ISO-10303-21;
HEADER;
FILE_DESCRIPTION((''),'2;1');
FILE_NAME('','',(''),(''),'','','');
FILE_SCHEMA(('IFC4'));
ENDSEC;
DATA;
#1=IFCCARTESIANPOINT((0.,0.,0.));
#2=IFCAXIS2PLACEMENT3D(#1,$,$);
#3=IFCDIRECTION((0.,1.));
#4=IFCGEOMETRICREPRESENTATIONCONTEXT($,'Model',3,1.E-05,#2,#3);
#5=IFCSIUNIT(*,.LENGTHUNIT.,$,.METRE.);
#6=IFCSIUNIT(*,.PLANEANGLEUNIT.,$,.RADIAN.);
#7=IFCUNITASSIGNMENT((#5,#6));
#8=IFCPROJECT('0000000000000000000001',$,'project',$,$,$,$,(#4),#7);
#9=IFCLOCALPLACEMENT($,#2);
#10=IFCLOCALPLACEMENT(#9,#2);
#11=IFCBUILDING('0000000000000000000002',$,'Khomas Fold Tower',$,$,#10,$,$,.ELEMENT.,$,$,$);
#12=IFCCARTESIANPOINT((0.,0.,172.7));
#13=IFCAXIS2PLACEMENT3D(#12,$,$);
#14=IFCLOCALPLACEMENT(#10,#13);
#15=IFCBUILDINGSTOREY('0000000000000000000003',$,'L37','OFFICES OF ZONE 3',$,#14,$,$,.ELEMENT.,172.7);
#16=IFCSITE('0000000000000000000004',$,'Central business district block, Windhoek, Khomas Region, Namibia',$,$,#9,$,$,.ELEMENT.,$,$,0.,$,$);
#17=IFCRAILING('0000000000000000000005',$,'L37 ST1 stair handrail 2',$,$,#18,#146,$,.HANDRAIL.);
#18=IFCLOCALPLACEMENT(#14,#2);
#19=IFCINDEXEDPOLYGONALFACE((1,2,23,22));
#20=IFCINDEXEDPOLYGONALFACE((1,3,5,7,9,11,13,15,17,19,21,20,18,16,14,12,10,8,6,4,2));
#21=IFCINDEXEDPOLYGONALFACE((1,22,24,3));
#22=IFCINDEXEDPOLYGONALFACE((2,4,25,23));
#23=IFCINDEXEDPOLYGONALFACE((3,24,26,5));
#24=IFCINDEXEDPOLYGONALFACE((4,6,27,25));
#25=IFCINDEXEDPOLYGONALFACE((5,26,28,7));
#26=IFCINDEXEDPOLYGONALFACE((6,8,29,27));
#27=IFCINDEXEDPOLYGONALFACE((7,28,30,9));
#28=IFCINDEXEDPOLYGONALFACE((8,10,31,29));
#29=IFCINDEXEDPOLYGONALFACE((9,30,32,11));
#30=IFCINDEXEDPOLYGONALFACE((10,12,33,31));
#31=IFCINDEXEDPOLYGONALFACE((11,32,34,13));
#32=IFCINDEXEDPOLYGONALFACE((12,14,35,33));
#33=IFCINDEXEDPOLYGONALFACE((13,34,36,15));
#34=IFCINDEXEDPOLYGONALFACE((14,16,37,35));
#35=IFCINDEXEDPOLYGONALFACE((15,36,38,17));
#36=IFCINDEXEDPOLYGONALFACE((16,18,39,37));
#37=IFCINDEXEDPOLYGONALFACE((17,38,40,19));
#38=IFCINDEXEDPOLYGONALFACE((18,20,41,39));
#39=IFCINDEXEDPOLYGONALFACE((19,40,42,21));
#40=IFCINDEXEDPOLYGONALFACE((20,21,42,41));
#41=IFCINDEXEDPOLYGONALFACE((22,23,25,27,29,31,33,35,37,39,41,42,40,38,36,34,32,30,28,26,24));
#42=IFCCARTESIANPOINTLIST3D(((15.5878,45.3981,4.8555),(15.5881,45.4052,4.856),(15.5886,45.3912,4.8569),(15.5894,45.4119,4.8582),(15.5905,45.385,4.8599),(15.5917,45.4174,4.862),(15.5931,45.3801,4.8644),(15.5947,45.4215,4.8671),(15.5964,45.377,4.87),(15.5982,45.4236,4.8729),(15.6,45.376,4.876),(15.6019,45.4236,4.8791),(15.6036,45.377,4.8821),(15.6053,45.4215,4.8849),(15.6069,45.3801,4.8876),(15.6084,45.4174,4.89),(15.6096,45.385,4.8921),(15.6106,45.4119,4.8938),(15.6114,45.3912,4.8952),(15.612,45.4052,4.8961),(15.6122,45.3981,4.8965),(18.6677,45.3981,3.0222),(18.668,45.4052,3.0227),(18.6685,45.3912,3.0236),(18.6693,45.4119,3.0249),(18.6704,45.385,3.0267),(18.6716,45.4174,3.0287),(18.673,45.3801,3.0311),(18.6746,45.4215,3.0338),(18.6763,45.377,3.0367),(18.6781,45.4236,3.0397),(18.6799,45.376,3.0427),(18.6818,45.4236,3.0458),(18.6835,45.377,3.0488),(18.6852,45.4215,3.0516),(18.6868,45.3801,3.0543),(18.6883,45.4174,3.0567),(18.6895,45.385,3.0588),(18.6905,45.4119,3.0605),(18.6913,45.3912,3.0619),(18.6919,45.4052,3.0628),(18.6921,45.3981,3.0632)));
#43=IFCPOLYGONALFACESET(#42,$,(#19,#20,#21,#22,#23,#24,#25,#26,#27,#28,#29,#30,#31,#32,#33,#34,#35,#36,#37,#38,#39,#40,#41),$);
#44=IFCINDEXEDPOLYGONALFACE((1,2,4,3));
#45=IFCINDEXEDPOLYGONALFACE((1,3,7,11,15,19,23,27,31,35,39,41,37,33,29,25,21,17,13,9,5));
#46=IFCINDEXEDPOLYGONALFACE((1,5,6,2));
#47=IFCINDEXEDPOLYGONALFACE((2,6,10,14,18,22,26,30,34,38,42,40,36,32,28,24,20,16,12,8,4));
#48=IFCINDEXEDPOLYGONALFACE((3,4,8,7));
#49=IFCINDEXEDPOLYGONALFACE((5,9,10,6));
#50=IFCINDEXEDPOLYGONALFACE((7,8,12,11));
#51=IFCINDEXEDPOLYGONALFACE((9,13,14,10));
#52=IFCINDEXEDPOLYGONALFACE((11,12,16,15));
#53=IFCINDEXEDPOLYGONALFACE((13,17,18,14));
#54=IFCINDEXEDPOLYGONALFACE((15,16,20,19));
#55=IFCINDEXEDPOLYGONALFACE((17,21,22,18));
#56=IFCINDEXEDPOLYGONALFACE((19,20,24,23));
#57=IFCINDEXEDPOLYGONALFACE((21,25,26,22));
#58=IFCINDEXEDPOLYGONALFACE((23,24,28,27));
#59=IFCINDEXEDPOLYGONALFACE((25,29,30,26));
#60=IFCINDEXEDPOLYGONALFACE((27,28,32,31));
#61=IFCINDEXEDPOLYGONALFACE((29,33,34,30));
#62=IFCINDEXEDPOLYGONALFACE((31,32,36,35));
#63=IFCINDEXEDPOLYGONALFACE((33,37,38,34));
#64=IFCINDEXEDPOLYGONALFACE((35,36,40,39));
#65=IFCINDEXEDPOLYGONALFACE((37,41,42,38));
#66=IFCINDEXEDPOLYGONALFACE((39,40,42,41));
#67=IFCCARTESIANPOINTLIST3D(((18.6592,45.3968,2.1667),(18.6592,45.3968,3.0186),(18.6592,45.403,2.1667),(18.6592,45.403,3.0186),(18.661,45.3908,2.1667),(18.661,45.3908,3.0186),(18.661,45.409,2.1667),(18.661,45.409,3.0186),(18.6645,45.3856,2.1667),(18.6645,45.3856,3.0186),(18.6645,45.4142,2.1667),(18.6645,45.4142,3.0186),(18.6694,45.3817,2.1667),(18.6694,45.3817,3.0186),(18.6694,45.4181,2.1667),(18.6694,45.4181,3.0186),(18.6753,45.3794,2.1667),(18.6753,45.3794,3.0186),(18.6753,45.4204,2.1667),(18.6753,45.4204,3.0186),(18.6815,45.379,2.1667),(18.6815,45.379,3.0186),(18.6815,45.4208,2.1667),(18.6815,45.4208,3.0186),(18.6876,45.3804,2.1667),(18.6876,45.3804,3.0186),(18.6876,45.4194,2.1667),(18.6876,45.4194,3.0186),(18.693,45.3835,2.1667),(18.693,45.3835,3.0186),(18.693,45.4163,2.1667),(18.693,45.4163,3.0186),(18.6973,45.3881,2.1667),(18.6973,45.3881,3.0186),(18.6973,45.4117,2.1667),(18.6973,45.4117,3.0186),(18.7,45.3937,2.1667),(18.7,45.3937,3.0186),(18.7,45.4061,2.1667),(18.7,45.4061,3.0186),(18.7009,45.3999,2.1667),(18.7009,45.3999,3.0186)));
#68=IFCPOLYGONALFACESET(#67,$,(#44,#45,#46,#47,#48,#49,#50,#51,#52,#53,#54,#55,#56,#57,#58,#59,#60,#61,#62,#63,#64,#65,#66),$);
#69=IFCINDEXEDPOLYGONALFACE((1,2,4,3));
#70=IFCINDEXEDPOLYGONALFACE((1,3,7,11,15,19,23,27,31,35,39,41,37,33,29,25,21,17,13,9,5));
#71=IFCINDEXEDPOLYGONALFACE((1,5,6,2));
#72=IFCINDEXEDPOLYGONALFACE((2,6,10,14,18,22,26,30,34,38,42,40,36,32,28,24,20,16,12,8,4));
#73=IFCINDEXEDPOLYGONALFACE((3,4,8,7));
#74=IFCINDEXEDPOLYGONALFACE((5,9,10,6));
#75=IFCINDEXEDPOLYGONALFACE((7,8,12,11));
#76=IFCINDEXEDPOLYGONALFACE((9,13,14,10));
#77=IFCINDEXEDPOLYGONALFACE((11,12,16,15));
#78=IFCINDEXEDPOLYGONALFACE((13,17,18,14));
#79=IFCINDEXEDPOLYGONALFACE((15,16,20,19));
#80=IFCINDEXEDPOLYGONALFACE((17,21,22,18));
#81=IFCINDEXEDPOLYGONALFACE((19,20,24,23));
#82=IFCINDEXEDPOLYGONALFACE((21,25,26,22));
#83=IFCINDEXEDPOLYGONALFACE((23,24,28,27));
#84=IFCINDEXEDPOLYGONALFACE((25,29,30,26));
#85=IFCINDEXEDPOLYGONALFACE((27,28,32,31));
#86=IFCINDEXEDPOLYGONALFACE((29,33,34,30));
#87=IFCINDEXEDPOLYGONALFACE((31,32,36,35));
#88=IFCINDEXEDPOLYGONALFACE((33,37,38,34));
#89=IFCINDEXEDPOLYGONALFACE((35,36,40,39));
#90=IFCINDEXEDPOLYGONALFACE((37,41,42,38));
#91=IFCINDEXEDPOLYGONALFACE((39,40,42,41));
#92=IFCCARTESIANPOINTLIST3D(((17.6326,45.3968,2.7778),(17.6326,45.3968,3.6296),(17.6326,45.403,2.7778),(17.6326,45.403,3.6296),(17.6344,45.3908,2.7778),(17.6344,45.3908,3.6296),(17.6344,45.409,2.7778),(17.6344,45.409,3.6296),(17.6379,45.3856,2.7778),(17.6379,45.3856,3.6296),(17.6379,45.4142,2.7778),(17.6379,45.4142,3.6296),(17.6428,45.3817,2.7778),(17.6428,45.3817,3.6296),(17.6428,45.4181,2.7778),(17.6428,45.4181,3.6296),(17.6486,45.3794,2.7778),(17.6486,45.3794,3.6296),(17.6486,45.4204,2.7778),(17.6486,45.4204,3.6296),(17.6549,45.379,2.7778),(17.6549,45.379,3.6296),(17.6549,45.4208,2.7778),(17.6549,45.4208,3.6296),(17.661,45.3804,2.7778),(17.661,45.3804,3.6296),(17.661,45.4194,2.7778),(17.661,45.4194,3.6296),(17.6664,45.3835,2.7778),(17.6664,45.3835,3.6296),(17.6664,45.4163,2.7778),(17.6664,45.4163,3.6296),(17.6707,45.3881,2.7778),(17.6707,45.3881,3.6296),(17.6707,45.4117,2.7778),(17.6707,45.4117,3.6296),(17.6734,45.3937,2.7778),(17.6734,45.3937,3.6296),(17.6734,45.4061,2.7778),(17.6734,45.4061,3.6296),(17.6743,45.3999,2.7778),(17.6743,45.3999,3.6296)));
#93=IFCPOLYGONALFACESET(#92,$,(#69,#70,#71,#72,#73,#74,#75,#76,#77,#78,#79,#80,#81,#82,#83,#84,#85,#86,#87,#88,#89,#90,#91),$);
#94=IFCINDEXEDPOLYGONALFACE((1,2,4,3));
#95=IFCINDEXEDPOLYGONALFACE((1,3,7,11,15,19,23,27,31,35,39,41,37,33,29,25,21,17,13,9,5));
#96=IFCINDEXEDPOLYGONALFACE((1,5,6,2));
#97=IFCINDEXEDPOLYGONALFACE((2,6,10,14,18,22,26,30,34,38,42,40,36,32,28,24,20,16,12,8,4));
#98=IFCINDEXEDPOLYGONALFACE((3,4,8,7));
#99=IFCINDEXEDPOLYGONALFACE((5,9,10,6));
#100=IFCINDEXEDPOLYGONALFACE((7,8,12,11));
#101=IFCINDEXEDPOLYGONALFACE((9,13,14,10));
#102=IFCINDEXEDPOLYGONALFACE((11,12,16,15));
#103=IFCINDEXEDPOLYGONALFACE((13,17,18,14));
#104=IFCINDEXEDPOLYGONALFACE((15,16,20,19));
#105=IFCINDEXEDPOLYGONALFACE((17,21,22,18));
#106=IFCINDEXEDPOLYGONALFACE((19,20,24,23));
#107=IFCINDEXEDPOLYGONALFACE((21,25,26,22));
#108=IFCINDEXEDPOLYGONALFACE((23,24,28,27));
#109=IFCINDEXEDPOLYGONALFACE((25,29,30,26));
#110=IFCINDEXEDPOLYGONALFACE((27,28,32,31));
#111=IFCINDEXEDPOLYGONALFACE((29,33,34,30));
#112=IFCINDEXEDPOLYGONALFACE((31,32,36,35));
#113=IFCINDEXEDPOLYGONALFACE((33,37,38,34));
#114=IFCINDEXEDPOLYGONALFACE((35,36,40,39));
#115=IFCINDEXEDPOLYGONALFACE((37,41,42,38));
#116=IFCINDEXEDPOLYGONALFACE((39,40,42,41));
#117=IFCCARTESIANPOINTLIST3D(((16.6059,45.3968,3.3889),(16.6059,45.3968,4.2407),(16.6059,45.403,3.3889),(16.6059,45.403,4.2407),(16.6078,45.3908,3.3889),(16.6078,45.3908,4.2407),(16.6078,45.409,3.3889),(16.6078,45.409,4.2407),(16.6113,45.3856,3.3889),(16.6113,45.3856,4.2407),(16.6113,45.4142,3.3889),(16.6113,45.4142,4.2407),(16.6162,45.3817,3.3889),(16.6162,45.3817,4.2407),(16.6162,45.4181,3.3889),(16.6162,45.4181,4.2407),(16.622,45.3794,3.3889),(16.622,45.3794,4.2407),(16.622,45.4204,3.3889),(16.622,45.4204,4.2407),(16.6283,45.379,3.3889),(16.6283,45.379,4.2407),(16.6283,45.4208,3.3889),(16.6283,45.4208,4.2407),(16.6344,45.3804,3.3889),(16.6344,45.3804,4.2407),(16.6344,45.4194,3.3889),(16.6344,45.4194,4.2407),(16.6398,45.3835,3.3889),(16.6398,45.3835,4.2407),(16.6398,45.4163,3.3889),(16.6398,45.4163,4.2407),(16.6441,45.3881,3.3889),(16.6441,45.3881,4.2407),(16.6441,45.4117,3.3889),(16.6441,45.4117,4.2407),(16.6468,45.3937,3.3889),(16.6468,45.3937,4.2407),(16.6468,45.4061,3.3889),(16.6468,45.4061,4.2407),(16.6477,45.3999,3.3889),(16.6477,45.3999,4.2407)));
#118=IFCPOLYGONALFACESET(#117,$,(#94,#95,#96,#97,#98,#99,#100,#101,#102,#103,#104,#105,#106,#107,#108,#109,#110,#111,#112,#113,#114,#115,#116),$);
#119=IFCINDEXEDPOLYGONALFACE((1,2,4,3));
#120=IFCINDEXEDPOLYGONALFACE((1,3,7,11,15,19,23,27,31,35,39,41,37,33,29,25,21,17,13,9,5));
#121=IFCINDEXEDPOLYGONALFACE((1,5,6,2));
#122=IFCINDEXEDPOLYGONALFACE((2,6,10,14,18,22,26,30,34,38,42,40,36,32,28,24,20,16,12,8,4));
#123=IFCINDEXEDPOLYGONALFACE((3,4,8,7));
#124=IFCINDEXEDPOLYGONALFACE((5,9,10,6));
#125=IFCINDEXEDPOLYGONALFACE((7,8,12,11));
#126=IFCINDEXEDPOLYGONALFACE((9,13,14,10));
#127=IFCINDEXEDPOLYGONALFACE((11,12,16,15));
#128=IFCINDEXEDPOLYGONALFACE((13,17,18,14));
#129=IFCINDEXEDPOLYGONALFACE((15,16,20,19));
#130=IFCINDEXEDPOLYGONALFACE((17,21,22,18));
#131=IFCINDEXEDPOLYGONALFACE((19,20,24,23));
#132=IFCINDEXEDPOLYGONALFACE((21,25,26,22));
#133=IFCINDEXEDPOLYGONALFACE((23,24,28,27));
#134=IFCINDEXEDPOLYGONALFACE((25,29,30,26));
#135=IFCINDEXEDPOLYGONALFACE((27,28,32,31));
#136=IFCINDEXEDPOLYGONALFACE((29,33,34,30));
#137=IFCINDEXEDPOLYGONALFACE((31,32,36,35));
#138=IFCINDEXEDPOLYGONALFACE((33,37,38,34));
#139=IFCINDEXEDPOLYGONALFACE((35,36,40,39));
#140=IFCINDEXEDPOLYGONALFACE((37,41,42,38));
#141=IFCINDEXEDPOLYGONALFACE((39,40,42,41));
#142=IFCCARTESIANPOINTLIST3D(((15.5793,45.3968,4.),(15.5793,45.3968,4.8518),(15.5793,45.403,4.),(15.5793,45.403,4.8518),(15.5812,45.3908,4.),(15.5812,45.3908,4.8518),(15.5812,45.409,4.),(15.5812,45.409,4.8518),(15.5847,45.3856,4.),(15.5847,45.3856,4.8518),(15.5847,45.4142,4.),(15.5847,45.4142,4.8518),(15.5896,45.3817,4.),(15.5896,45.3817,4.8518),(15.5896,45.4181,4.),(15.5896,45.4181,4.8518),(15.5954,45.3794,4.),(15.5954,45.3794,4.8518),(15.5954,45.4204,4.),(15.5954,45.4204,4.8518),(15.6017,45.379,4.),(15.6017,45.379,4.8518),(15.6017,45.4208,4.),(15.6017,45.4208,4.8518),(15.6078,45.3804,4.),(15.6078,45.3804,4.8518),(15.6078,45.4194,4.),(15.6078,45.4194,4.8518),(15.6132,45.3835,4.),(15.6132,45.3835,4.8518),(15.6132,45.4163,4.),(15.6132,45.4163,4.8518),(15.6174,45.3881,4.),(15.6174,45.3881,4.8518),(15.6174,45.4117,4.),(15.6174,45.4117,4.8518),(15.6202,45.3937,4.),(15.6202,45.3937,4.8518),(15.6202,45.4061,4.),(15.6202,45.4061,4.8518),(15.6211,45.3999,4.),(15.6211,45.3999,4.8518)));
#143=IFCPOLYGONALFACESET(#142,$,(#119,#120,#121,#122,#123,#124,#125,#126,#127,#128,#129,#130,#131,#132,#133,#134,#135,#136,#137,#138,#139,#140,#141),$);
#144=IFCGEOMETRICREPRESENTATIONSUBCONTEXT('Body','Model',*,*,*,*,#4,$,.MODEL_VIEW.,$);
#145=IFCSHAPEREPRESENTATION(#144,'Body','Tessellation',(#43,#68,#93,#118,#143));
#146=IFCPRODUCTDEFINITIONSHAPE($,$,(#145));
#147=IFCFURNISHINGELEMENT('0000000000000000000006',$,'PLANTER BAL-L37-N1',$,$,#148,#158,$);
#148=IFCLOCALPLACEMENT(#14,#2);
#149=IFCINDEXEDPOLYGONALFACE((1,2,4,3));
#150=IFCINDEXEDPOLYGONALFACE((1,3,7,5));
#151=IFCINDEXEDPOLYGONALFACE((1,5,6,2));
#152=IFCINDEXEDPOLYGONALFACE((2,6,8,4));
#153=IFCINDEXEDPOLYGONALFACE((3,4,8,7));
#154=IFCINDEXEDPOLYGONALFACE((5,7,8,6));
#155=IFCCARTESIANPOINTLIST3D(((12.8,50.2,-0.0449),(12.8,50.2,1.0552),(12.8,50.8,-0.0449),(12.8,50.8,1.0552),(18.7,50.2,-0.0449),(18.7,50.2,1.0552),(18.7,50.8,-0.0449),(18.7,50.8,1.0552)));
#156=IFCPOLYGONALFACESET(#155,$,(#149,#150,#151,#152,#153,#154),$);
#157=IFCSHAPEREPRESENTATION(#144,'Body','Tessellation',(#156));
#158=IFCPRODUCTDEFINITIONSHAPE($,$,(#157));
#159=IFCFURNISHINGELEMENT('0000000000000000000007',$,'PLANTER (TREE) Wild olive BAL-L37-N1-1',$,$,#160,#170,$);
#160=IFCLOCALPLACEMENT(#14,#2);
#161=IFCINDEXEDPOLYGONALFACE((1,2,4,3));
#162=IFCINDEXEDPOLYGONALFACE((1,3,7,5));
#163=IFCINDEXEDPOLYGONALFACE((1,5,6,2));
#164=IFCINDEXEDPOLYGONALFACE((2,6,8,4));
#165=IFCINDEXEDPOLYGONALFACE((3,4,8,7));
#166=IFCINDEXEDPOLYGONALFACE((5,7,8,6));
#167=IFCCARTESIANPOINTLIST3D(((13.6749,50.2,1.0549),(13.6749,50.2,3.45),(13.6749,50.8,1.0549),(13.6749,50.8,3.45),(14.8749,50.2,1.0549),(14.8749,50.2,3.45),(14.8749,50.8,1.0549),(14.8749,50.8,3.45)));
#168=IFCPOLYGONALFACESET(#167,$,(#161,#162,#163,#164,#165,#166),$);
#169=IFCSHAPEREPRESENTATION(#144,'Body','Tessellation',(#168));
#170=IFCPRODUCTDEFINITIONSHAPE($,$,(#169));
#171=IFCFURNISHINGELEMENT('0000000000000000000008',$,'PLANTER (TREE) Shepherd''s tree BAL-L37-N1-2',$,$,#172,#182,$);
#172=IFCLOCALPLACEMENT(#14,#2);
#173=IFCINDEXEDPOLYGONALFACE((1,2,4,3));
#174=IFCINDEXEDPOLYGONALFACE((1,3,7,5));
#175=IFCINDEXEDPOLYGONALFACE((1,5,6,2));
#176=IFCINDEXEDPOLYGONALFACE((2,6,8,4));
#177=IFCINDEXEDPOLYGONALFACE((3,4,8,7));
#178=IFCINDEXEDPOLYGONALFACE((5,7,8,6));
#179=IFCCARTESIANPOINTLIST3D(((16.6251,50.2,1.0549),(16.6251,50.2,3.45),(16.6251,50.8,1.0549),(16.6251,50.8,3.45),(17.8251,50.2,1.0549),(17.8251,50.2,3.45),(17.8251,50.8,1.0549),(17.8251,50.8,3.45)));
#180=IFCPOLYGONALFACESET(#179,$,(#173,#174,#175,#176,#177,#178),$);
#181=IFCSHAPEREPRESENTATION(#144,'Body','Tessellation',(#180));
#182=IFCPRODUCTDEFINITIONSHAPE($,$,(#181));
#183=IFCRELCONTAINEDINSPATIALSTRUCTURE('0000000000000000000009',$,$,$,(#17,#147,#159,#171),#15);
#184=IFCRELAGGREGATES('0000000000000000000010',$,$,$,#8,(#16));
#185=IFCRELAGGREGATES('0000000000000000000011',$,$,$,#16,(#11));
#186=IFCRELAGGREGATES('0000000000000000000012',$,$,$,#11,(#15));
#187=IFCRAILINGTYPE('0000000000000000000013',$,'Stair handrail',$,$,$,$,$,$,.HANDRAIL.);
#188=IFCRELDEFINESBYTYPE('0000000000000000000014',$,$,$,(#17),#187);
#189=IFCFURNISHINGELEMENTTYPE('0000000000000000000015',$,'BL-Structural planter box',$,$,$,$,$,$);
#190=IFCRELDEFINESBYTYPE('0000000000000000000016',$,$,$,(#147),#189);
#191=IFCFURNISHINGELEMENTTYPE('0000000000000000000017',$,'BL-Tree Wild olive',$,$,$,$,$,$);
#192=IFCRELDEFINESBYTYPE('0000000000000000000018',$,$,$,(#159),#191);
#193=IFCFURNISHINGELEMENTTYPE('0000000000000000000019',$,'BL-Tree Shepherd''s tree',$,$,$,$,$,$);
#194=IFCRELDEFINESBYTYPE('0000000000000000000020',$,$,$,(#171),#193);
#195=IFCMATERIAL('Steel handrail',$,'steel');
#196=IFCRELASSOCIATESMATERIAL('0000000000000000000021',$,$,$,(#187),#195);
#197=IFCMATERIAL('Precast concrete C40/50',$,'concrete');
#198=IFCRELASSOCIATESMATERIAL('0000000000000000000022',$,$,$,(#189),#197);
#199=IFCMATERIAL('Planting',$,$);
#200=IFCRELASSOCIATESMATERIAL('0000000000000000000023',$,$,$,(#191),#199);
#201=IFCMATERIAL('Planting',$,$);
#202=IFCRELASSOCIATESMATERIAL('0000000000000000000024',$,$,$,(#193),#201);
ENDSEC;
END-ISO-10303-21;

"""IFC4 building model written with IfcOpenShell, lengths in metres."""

from ifc_helpers import new_model, si_unit, direction, frame, origin, origin_2d, place, context, subcontext, project, spatial, rectangle, circle, extrude, source, transform, mapped, material, type_object, element, save


model = new_model("IFC4")

# Units and contexts
model_context = context("Model", 3, precision=1e-05, world=origin(), true_north=direction((0.0, 1.0)))
body_context = subcontext(model_context, "Body", "Model", "MODEL_VIEW")
ifc_project = project(units=[si_unit("LENGTHUNIT", "METRE"), si_unit("PLANEANGLEUNIT", "RADIAN")], contexts=[model_context])

# Site, building, storey
site_placement = place(None, origin())
site = spatial("IfcSite", under=ifc_project, at=site_placement, Name="Central business district block, Windhoek, Khomas Region, Namibia", CompositionType="ELEMENT", RefElevation=0.0)
building_placement = place(site_placement, origin())
building = spatial("IfcBuilding", under=site, at=building_placement, Name="Khomas Fold Tower", CompositionType="ELEMENT")
storey_placement = place(building_placement, frame((0.0, 0.0, 172.7)))
storey = spatial("IfcBuildingStorey", under=building, at=storey_placement, Name="L37", Description="OFFICES OF ZONE 3", CompositionType="ELEMENT", Elevation=172.7)

# Railing
ifc_material_1 = material(Name="Steel handrail", Category="steel")
railing_type_1 = type_object("IfcRailingType", Name="Stair handrail", PredefinedType="HANDRAIL", material=ifc_material_1)
shared_shape_1 = source(origin(), body_context, "Body", "SweptSolid", [
    extrude(circle(Radius=0.0239, at=origin_2d()), frame((0.0, 0.0, 0.876), z_axis=(-0.859291, 0.0, 0.511487), x_axis=(0.0, -1.0, 0.0)), (0.0, 0.0, 1.0), 3.5842),
    extrude(circle(Radius=0.021, at=origin_2d()), origin(), (0.0, 0.0, 1.0), 0.8518),
    extrude(circle(Radius=0.021, at=origin_2d()), frame((-1.0266, 0.0, 0.6111)), (0.0, 0.0, 1.0), 0.8518),
    extrude(circle(Radius=0.021, at=origin_2d()), frame((-2.0532, 0.0, 1.2222)), (0.0, 0.0, 1.0), 0.8518),
    extrude(circle(Radius=0.021, at=origin_2d()), frame((-3.0798, 0.0, 1.8333)), (0.0, 0.0, 1.0), 0.8518),
])
railing_1_placement = place(storey_placement, frame((18.6799, 45.3999, 2.1667)))
element("IfcRailing", 1, at=railing_1_placement, inside=storey, type_object=railing_type_1, Name="L37 ST1 stair handrail 2", PredefinedType="HANDRAIL", context=body_context, shape_type="MappedRepresentation", body=[
    mapped(shared_shape_1, transform((0.0, 0.0, 0.0))),
])

# Furnishing elements
ifc_material_2 = material(Name="Precast concrete C40/50", Category="concrete")
furnishing_element_type_1 = type_object("IfcFurnishingElementType", Name="BL-Structural planter box", material=ifc_material_2)
shared_shape_2 = source(origin(), body_context, "Body", "SweptSolid", [
    extrude(rectangle(XDim=5.8999, YDim=0.6001, at=origin_2d()), origin(), (0.0, 0.0, 1.0), 1.1001),
])
furnishing_1_placement = place(storey_placement, frame((15.75, 50.5, -0.0449), z_axis=(0.0, 0.0, 1.0), x_axis=(1.0, 0.0, 0.0)))
element("IfcFurnishingElement", 2, at=furnishing_1_placement, inside=storey, type_object=furnishing_element_type_1, Name="PLANTER BAL-L37-N1", context=body_context, shape_type="MappedRepresentation", body=[
    mapped(shared_shape_2, transform((0.0, 0.0, 0.0))),
])
ifc_material_3 = material(Name="Planting")
furnishing_element_type_2 = type_object("IfcFurnishingElementType", Name="BL-Tree Wild olive", material=ifc_material_3)
shared_shape_3 = source(origin(), body_context, "Body", "SweptSolid", [
    extrude(rectangle(XDim=1.2, YDim=0.6001, at=origin_2d()), origin(), (0.0, 0.0, 1.0), 2.395),
])
furnishing_2_placement = place(storey_placement, frame((14.2749, 50.5, 1.0549), z_axis=(0.0, 0.0, 1.0), x_axis=(1.0, 0.0, 0.0)))
element("IfcFurnishingElement", 3, at=furnishing_2_placement, inside=storey, type_object=furnishing_element_type_2, Name="PLANTER (TREE) Wild olive BAL-L37-N1-1", context=body_context, shape_type="MappedRepresentation", body=[
    mapped(shared_shape_3, transform((0.0, 0.0, 0.0))),
])
ifc_material_4 = material(Name="Planting")
furnishing_element_type_3 = type_object("IfcFurnishingElementType", Name="BL-Tree Shepherd's tree", material=ifc_material_4)
furnishing_3_placement = place(storey_placement, frame((17.2251, 50.5, 1.0549), z_axis=(0.0, 0.0, 1.0), x_axis=(1.0, 0.0, 0.0)))
element("IfcFurnishingElement", 4, at=furnishing_3_placement, inside=storey, type_object=furnishing_element_type_3, Name="PLANTER (TREE) Shepherd's tree BAL-L37-N1-2", context=body_context, shape_type="MappedRepresentation", body=[
    mapped(shared_shape_3, transform((0.0, 0.0, 0.0))),
])

save(model, "model.ifc")
